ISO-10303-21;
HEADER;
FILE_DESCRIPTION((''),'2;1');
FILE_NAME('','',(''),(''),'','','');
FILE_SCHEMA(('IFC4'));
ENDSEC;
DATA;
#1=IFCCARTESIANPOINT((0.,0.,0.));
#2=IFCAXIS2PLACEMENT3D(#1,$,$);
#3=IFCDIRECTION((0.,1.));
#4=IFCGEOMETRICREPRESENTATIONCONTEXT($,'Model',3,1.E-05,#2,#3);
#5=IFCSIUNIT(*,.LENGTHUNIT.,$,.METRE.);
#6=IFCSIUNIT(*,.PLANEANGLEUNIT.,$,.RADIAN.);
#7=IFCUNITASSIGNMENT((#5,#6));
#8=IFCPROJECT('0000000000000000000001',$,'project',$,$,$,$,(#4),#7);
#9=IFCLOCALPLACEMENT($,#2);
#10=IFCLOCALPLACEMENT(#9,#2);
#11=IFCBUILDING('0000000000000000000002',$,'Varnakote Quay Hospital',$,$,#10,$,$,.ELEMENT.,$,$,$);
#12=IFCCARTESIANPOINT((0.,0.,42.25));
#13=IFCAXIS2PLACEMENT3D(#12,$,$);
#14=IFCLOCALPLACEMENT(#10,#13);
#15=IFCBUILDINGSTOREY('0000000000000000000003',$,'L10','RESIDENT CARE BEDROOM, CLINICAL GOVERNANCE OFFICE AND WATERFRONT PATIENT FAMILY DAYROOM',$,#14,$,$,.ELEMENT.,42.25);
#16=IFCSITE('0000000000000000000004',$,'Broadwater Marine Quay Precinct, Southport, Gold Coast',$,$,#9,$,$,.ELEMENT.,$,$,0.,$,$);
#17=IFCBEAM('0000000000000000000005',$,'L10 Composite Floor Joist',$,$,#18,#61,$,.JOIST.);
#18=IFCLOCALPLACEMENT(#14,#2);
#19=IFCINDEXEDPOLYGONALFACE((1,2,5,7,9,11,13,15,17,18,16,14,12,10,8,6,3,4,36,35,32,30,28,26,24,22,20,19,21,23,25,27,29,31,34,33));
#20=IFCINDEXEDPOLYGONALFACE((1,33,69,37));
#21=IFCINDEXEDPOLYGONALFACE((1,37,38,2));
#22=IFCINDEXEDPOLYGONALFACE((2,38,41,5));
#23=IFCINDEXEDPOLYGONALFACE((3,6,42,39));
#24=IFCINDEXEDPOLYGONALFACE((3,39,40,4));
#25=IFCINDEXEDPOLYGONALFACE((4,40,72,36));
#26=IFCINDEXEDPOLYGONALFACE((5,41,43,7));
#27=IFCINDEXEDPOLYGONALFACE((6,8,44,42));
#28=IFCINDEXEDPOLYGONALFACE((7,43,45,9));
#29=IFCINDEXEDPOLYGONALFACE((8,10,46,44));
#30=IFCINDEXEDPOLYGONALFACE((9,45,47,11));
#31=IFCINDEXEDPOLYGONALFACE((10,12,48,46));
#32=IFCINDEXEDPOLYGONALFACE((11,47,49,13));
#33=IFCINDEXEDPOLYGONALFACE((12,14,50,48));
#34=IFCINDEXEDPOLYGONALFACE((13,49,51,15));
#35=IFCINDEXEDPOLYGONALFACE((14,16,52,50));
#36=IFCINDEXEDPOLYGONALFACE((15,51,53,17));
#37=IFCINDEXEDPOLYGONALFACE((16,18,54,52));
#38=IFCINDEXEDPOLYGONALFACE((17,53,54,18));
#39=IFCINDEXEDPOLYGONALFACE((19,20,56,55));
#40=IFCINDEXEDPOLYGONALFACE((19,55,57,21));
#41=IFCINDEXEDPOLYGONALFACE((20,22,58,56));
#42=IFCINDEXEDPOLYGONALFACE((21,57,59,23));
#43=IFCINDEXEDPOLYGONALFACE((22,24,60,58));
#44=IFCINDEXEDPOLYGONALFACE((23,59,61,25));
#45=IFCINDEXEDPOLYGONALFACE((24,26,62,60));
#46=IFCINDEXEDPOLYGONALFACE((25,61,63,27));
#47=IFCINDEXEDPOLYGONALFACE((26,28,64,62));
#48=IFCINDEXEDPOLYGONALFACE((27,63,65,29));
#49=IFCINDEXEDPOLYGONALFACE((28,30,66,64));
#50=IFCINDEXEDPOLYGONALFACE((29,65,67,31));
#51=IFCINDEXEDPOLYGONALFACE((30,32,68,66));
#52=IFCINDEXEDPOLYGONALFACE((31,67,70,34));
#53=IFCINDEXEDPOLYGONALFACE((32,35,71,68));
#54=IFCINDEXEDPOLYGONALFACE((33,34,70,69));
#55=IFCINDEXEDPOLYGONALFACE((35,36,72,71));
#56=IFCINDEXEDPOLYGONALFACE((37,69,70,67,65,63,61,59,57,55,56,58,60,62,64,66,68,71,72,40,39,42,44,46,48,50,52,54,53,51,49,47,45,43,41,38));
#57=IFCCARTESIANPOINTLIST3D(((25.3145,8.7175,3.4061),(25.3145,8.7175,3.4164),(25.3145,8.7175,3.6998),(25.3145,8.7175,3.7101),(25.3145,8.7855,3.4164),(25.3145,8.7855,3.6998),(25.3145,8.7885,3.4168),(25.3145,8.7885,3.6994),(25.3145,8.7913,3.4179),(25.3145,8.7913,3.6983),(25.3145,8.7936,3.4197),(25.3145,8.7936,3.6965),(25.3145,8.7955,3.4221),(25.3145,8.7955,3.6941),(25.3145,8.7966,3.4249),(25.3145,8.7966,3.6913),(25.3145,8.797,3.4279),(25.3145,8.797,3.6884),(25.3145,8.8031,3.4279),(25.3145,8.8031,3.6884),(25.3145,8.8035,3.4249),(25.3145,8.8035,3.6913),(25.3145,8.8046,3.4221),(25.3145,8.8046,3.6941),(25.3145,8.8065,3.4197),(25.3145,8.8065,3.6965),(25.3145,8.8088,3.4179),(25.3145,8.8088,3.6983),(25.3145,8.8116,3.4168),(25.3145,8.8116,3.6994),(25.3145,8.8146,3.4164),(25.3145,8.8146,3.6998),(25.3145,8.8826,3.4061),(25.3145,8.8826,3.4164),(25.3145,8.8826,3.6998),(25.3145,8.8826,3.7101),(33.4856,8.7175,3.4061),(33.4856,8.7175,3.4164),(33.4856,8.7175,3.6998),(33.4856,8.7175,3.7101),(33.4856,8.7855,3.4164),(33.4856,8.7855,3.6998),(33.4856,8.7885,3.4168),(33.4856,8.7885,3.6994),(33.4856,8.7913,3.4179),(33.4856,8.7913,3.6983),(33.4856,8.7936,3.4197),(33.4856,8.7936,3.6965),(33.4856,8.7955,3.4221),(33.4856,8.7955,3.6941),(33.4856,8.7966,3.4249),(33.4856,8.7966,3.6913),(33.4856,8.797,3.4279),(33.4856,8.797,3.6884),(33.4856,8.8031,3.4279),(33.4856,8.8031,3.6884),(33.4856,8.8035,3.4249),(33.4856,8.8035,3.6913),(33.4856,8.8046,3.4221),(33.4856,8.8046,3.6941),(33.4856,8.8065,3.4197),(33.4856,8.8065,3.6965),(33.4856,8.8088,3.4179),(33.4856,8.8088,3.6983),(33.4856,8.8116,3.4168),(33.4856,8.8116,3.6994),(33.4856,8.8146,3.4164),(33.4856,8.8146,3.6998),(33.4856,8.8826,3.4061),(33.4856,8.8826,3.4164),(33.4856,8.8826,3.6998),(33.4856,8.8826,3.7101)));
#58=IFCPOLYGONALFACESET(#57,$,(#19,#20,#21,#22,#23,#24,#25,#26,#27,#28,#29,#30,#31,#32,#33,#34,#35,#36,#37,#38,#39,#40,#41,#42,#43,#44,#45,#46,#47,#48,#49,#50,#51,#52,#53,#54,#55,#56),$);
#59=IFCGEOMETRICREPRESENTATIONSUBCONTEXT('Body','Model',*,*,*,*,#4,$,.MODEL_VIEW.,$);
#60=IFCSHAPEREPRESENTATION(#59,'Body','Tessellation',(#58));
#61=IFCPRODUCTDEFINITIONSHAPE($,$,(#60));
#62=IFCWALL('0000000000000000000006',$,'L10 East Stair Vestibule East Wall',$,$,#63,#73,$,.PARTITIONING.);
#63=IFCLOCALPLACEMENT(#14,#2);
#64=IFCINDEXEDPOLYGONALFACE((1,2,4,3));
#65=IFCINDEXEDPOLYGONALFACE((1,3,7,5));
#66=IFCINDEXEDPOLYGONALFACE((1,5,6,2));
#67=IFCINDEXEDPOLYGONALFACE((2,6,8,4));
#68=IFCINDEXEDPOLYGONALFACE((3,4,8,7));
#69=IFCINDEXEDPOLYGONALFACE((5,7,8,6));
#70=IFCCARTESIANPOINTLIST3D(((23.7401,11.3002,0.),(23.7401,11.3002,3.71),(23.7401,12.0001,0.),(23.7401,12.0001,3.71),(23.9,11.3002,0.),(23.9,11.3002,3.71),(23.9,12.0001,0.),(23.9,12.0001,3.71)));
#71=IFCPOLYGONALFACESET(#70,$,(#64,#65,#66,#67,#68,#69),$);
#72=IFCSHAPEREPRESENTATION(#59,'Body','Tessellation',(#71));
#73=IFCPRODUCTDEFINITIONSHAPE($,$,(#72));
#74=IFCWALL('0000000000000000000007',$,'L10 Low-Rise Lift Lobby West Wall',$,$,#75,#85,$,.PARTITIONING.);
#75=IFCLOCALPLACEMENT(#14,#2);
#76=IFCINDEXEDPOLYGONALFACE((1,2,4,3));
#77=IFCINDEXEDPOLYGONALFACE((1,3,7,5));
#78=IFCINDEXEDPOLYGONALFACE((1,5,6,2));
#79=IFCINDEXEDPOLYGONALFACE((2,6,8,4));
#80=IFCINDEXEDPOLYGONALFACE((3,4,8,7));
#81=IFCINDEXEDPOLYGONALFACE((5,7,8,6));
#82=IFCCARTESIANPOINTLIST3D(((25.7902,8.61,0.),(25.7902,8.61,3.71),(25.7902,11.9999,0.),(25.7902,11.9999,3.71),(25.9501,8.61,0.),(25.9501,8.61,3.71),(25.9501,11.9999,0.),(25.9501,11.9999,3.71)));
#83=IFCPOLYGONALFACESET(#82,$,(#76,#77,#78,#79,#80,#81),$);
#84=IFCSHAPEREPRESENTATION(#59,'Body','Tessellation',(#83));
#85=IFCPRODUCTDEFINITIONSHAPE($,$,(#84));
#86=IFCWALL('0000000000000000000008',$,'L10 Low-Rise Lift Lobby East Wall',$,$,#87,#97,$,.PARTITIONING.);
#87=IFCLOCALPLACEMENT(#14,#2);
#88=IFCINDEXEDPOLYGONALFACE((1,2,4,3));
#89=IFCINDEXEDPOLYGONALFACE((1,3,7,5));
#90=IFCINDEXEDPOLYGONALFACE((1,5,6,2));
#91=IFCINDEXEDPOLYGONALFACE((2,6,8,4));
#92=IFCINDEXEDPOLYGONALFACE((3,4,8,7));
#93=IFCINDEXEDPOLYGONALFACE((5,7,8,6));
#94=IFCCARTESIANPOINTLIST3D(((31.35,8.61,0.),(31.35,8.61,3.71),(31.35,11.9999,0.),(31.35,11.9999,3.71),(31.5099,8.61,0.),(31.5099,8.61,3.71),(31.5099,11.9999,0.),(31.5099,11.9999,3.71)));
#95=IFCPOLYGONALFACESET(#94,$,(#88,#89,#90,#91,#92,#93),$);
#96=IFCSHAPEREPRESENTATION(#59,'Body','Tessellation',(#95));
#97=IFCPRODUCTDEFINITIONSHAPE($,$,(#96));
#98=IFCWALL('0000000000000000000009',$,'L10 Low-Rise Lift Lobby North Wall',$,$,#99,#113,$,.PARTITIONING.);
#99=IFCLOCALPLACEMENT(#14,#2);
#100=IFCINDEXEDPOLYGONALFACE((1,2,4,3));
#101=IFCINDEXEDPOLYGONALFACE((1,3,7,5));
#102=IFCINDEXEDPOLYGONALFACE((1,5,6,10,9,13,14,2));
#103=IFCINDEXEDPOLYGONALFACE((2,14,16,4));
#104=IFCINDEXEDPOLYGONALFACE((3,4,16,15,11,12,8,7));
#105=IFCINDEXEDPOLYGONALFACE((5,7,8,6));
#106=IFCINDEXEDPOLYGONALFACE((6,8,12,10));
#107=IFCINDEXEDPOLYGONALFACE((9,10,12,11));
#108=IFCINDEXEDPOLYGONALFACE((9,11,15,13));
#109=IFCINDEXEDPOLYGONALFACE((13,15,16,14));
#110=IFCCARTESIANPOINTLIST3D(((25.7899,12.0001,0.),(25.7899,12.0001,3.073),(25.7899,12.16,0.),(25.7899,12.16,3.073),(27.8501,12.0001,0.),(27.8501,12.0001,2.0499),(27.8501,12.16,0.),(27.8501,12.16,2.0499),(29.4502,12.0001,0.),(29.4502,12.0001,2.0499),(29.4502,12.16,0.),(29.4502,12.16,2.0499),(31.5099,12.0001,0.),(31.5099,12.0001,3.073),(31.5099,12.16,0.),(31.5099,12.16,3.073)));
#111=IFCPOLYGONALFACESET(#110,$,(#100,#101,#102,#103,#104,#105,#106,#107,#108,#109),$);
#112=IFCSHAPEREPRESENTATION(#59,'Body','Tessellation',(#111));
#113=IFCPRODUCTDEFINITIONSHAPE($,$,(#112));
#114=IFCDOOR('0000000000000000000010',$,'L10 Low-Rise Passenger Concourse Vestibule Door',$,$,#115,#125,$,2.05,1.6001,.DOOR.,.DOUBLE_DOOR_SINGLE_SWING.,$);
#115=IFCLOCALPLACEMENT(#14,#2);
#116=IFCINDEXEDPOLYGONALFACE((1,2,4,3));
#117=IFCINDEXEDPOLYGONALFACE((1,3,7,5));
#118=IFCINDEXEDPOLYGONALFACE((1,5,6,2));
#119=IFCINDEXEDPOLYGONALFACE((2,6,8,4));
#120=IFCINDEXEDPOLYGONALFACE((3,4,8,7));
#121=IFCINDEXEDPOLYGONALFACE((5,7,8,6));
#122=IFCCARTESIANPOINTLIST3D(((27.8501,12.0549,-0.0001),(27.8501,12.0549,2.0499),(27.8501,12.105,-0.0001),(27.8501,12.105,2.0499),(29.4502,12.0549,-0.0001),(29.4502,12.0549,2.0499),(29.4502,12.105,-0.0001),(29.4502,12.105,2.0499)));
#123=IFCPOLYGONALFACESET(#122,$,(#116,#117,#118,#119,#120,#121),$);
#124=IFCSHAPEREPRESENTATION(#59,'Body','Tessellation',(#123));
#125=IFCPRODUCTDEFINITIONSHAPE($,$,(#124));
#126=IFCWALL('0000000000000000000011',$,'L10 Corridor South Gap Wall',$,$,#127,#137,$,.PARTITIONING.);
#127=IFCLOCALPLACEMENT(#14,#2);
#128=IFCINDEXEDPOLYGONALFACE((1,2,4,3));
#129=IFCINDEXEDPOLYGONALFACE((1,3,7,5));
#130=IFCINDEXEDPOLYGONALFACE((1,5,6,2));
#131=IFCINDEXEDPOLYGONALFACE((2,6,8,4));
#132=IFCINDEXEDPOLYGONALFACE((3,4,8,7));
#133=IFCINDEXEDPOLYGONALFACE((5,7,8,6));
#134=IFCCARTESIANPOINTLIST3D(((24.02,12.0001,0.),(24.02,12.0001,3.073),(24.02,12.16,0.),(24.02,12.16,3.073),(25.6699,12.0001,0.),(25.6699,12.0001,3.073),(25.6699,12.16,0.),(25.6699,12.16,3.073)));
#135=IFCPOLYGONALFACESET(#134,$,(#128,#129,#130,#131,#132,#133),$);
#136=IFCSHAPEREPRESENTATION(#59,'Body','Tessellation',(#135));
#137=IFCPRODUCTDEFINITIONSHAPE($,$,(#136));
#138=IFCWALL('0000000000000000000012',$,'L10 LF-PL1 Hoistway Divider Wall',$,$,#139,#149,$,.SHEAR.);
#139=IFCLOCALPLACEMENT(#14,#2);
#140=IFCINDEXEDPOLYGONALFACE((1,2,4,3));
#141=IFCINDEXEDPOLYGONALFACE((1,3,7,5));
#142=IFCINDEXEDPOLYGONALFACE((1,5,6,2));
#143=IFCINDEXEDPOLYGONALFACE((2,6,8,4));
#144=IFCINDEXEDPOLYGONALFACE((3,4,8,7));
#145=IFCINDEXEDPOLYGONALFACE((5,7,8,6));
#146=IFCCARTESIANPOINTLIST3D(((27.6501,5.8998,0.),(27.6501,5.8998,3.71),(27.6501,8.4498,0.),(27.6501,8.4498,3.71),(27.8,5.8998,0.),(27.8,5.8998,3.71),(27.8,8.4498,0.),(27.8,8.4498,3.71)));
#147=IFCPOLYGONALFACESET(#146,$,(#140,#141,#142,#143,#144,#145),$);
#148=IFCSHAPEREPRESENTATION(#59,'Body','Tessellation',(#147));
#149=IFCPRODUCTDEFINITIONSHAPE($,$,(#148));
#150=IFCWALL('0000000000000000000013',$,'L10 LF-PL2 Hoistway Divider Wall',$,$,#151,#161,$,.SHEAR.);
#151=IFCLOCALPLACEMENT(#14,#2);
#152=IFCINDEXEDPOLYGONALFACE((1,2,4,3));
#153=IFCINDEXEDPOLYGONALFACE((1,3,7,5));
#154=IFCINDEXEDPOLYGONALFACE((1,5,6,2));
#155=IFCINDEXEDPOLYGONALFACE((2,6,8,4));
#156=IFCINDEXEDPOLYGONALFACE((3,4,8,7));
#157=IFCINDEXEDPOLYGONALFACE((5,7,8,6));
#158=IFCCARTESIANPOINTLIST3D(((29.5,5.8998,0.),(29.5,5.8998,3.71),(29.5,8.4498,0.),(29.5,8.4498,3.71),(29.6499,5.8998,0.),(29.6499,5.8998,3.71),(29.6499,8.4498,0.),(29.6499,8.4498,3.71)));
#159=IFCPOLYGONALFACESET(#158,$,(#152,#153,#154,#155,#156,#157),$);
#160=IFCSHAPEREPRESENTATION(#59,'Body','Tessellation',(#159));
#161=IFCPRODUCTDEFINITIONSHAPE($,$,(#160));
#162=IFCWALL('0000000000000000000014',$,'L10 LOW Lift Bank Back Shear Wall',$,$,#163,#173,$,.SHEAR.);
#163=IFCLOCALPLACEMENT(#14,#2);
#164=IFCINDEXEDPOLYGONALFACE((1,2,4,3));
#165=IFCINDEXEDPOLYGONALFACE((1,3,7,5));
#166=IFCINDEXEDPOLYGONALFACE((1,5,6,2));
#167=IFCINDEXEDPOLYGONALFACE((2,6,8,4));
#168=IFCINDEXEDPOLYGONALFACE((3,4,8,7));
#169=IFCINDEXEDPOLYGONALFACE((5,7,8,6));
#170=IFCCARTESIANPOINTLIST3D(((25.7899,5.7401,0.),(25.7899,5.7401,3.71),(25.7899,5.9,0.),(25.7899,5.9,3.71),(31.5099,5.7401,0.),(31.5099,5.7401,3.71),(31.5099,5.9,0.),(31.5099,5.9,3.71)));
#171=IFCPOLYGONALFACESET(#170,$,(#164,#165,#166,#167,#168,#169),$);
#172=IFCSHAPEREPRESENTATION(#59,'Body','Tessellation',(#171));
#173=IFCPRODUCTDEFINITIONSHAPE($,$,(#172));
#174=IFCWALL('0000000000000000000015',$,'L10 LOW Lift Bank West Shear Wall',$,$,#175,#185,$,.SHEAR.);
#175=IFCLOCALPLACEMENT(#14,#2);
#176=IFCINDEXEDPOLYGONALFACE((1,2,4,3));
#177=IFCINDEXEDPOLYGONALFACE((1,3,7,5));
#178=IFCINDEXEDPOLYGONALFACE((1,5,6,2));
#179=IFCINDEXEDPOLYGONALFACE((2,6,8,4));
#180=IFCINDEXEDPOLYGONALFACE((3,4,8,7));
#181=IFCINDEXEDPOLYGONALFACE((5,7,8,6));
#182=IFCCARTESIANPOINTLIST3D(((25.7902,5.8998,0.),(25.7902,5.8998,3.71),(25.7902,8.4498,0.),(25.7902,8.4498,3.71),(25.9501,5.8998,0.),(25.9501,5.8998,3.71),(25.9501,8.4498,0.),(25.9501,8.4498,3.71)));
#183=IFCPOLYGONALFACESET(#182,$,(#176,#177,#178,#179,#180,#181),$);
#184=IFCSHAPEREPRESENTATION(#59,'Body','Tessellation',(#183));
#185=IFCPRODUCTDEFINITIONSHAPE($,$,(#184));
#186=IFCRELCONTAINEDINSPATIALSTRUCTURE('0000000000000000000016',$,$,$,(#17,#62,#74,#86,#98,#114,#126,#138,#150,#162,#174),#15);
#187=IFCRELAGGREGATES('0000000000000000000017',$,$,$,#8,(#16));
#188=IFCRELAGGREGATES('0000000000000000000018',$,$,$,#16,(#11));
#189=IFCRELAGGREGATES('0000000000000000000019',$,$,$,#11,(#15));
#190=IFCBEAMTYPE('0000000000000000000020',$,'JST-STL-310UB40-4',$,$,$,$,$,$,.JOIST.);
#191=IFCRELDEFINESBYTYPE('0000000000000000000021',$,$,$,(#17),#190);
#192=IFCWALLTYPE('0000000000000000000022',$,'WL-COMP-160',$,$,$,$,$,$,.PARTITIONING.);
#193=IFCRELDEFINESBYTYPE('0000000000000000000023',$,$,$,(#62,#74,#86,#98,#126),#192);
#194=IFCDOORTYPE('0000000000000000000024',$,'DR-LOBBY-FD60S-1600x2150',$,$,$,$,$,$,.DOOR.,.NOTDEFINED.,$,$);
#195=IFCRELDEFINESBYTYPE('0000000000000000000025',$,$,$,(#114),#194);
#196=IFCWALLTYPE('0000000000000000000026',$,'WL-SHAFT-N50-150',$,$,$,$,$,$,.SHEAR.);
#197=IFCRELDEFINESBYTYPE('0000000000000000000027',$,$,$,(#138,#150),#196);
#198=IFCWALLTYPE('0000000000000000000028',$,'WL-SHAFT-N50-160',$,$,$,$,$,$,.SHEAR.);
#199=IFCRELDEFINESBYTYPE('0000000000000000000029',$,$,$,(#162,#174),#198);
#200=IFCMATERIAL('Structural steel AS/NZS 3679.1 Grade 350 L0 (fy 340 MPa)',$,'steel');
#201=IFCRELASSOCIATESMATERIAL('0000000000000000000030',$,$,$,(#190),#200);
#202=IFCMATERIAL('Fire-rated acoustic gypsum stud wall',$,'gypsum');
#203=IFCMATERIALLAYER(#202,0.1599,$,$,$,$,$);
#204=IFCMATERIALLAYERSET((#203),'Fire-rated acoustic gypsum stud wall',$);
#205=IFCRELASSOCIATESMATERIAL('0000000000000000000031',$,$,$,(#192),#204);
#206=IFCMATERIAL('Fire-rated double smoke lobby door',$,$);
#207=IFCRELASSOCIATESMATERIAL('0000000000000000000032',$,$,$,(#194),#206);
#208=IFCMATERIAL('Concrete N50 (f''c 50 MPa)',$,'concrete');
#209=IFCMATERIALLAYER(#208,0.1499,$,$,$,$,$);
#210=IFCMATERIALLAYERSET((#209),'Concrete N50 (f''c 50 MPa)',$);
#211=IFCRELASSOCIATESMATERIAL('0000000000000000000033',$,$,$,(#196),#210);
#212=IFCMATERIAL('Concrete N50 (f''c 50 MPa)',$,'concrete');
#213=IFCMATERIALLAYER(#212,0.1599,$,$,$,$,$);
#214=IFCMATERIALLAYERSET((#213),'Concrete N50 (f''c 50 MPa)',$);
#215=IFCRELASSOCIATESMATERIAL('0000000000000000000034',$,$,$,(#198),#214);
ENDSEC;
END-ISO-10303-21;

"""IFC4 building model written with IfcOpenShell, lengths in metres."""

from ifc_helpers import new_model, si_unit, direction, frame, frame_2d, origin, origin_2d, place, context, subcontext, project, spatial, rectangle, i_section, extrude, material, layer, layer_set, material_profile, profile_set, type_object, element, fill, save


model = new_model("IFC4")

# Units and contexts
model_context = context("Model", 3, precision=1e-05, world=origin(), true_north=direction((0.0, 1.0)))
body_context = subcontext(model_context, "Body", "Model", "MODEL_VIEW")
ifc_project = project(units=[si_unit("LENGTHUNIT", "METRE"), si_unit("PLANEANGLEUNIT", "RADIAN")], contexts=[model_context])

# Site, building, storey
site_placement = place(None, origin())
site = spatial("IfcSite", under=ifc_project, at=site_placement, Name="Broadwater Marine Quay Precinct, Southport, Gold Coast", CompositionType="ELEMENT", RefElevation=0.0)
building_placement = place(site_placement, origin())
building = spatial("IfcBuilding", under=site, at=building_placement, Name="Varnakote Quay Hospital", CompositionType="ELEMENT")
storey_placement = place(building_placement, frame((0.0, 0.0, 42.25)))
storey = spatial("IfcBuildingStorey", under=building, at=storey_placement, Name="L10", Description="RESIDENT CARE BEDROOM, CLINICAL GOVERNANCE OFFICE AND WATERFRONT PATIENT FAMILY DAYROOM", CompositionType="ELEMENT", Elevation=42.25)

# Beam
ifc_material_1 = material(Name="Structural steel AS/NZS 3679.1 Grade 350 L0 (fy 340 MPa)", Category="steel")
ifc_material_profile_1 = material_profile(ifc_material_1, i_section(OverallWidth=0.165, OverallDepth=0.304, WebThickness=0.0061, FlangeThickness=0.0103, FilletRadius=0.0115, at=origin_2d()), Name="310UB40.4")
ifc_profile_set_1 = profile_set([ifc_material_profile_1], Name="Structural steel AS/NZS 3679.1 Grade 350 L0 (fy 340 MPa)")
beam_type_1 = type_object("IfcBeamType", Name="JST-STL-310UB40-4", PredefinedType="JOIST", material=ifc_profile_set_1)
beam_1_placement = place(storey_placement, frame((25.3145, 8.8, 3.5581), z_axis=(1.0, 0.0, 0.0), x_axis=(0.0, 1.0, 0.0)))
element("IfcBeam", 1, at=beam_1_placement, inside=storey, type_object=beam_type_1, Name="L10 Composite Floor Joist", PredefinedType="JOIST", context=body_context, shape_type="SweptSolid", body=[
    extrude(i_section(OverallWidth=0.165, OverallDepth=0.304, WebThickness=0.0061, FlangeThickness=0.0103, FilletRadius=0.0115, at=origin_2d()), origin(), (0.0, 0.0, 1.0), 8.1711),
])

# Walls
ifc_material_2 = material(Name="Fire-rated acoustic gypsum stud wall", Category="gypsum")
ifc_layer_1 = layer(ifc_material_2, 0.1599)
ifc_layer_set_1 = layer_set([ifc_layer_1], Name="Fire-rated acoustic gypsum stud wall")
wall_type_1 = type_object("IfcWallType", Name="WL-COMP-160", PredefinedType="PARTITIONING", material=ifc_layer_set_1)
wall_1_placement = place(storey_placement, frame((23.8201, 11.3, 0.0), z_axis=(0.0, 0.0, 1.0), x_axis=(0.0, 1.0, 0.0)))
element("IfcWall", 2, at=wall_1_placement, inside=storey, type_object=wall_type_1, Name="L10 East Stair Vestibule East Wall", PredefinedType="PARTITIONING", context=body_context, shape_type="SweptSolid", body=[
    extrude(rectangle(XDim=0.7, YDim=0.1599, at=frame_2d((0.3501, 0.0))), origin(), (0.0, 0.0, 1.0), 3.71),
])
for number, where, z_axis, x_axis, name in (
    (3, (25.8701, 8.6101, 0.0), (0.0, 0.0, 1.0), (0.0, 1.0, 0.0), "L10 Low-Rise Lift Lobby West Wall"),
    (4, (31.4299, 8.6101, 0.0), (0.0, 0.0, 1.0), (0.0, 1.0, 0.0), "L10 Low-Rise Lift Lobby East Wall"),
):
    element("IfcWall", number, at=place(storey_placement, frame(where, z_axis=z_axis, x_axis=x_axis)), inside=storey, type_object=wall_type_1, Name=name, PredefinedType="PARTITIONING", context=body_context, shape_type="SweptSolid", body=[
        extrude(rectangle(XDim=3.3899, YDim=0.1599, at=frame_2d((1.6948, 0.0))), origin(), (0.0, 0.0, 1.0), 3.71),
    ])

# Wall, opening, door
wall_2_placement = place(storey_placement, frame((25.79, 12.0801, 0.0), z_axis=(0.0, 0.0, 1.0), x_axis=(1.0, 0.0, 0.0)))
wall_2 = element("IfcWall", 5, at=wall_2_placement, inside=storey, type_object=wall_type_1, Name="L10 Low-Rise Lift Lobby North Wall", PredefinedType="PARTITIONING", context=body_context, shape_type="SweptSolid", body=[
    extrude(rectangle(XDim=5.72, YDim=0.1599, at=frame_2d((2.8599, 0.0))), origin(), (0.0, 0.0, 1.0), 3.073),
])
opening_1_placement = place(wall_2_placement, frame((2.0601, 0.0, 0.0)))
opening_1 = element("IfcOpeningElement", 6, at=opening_1_placement, cuts=wall_2, PredefinedType="OPENING", context=body_context, shape_type="SweptSolid", body=[
    extrude(rectangle(XDim=1.6001, YDim=2.05, at=frame_2d((0.8, 1.0249))), frame((0.0, 0.0898, 0.0), z_axis=(0.0, -1.0, 0.0), x_axis=(1.0, 0.0, 0.0)), (0.0, 0.0, 1.0), 0.1799),
])
ifc_material_3 = material(Name="Fire-rated double smoke lobby door")
door_type_1 = type_object("IfcDoorType", Name="DR-LOBBY-FD60S-1600x2150", OperationType="NOTDEFINED", PredefinedType="DOOR", material=ifc_material_3)
door_1_placement = place(opening_1_placement, origin())
door_1 = element("IfcDoor", 7, at=door_1_placement, inside=storey, type_object=door_type_1, Name="L10 Low-Rise Passenger Concourse Vestibule Door", OperationType="DOUBLE_DOOR_SINGLE_SWING", OverallHeight=2.05, OverallWidth=1.6001, PredefinedType="DOOR", context=body_context, shape_type="SweptSolid", body=[
    extrude(rectangle(XDim=1.6001, YDim=2.05, at=frame_2d((0.8, 1.0249))), frame((0.0, 0.0249, 0.0), z_axis=(0.0, -1.0, 0.0), x_axis=(1.0, 0.0, 0.0)), (0.0, 0.0, 1.0), 0.05),
])
fill(opening_1, door_1)

# Walls
wall_3_placement = place(storey_placement, frame((24.02, 12.0801, 0.0), z_axis=(0.0, 0.0, 1.0), x_axis=(1.0, 0.0, 0.0)))
element("IfcWall", 8, at=wall_3_placement, inside=storey, type_object=wall_type_1, Name="L10 Corridor South Gap Wall", PredefinedType="PARTITIONING", context=body_context, shape_type="SweptSolid", body=[
    extrude(rectangle(XDim=1.6499, YDim=0.1599, at=frame_2d((0.825, 0.0))), origin(), (0.0, 0.0, 1.0), 3.073),
])
ifc_material_4 = material(Name="Concrete N50 (f'c 50 MPa)", Category="concrete")
ifc_layer_2 = layer(ifc_material_4, 0.1499)
ifc_layer_set_2 = layer_set([ifc_layer_2], Name="Concrete N50 (f'c 50 MPa)")
wall_type_2 = type_object("IfcWallType", Name="WL-SHAFT-N50-150", PredefinedType="SHEAR", material=ifc_layer_set_2)
for number, where, z_axis, x_axis, name in (
    (9, (27.7251, 5.8999, 0.0), (0.0, 0.0, 1.0), (0.0, 1.0, 0.0), "L10 LF-PL1 Hoistway Divider Wall"),
    (10, (29.575, 5.8999, 0.0), (0.0, 0.0, 1.0), (0.0, 1.0, 0.0), "L10 LF-PL2 Hoistway Divider Wall"),
):
    element("IfcWall", number, at=place(storey_placement, frame(where, z_axis=z_axis, x_axis=x_axis)), inside=storey, type_object=wall_type_2, Name=name, PredefinedType="SHEAR", context=body_context, shape_type="SweptSolid", body=[
        extrude(rectangle(XDim=2.55, YDim=0.1499, at=frame_2d((1.2749, 0.0))), origin(), (0.0, 0.0, 1.0), 3.71),
    ])
ifc_material_5 = material(Name="Concrete N50 (f'c 50 MPa)", Category="concrete")
ifc_layer_3 = layer(ifc_material_5, 0.1599)
ifc_layer_set_3 = layer_set([ifc_layer_3], Name="Concrete N50 (f'c 50 MPa)")
wall_type_3 = type_object("IfcWallType", Name="WL-SHAFT-N50-160", PredefinedType="SHEAR", material=ifc_layer_set_3)
wall_4_placement = place(storey_placement, frame((25.79, 5.8201, 0.0), z_axis=(0.0, 0.0, 1.0), x_axis=(1.0, 0.0, 0.0)))
element("IfcWall", 11, at=wall_4_placement, inside=storey, type_object=wall_type_3, Name="L10 LOW Lift Bank Back Shear Wall", PredefinedType="SHEAR", context=body_context, shape_type="SweptSolid", body=[
    extrude(rectangle(XDim=5.72, YDim=0.1599, at=frame_2d((2.8599, 0.0))), origin(), (0.0, 0.0, 1.0), 3.71),
])
for number, where, z_axis, x_axis, name in (
    (12, (25.8701, 5.8999, 0.0), (0.0, 0.0, 1.0), (0.0, 1.0, 0.0), "L10 LOW Lift Bank West Shear Wall"),
):
    element("IfcWall", number, at=place(storey_placement, frame(where, z_axis=z_axis, x_axis=x_axis)), inside=storey, type_object=wall_type_3, Name=name, PredefinedType="SHEAR", context=body_context, shape_type="SweptSolid", body=[
        extrude(rectangle(XDim=2.55, YDim=0.1599, at=frame_2d((1.2749, 0.0))), origin(), (0.0, 0.0, 1.0), 3.71),
    ])

save(model, "model.ifc")
